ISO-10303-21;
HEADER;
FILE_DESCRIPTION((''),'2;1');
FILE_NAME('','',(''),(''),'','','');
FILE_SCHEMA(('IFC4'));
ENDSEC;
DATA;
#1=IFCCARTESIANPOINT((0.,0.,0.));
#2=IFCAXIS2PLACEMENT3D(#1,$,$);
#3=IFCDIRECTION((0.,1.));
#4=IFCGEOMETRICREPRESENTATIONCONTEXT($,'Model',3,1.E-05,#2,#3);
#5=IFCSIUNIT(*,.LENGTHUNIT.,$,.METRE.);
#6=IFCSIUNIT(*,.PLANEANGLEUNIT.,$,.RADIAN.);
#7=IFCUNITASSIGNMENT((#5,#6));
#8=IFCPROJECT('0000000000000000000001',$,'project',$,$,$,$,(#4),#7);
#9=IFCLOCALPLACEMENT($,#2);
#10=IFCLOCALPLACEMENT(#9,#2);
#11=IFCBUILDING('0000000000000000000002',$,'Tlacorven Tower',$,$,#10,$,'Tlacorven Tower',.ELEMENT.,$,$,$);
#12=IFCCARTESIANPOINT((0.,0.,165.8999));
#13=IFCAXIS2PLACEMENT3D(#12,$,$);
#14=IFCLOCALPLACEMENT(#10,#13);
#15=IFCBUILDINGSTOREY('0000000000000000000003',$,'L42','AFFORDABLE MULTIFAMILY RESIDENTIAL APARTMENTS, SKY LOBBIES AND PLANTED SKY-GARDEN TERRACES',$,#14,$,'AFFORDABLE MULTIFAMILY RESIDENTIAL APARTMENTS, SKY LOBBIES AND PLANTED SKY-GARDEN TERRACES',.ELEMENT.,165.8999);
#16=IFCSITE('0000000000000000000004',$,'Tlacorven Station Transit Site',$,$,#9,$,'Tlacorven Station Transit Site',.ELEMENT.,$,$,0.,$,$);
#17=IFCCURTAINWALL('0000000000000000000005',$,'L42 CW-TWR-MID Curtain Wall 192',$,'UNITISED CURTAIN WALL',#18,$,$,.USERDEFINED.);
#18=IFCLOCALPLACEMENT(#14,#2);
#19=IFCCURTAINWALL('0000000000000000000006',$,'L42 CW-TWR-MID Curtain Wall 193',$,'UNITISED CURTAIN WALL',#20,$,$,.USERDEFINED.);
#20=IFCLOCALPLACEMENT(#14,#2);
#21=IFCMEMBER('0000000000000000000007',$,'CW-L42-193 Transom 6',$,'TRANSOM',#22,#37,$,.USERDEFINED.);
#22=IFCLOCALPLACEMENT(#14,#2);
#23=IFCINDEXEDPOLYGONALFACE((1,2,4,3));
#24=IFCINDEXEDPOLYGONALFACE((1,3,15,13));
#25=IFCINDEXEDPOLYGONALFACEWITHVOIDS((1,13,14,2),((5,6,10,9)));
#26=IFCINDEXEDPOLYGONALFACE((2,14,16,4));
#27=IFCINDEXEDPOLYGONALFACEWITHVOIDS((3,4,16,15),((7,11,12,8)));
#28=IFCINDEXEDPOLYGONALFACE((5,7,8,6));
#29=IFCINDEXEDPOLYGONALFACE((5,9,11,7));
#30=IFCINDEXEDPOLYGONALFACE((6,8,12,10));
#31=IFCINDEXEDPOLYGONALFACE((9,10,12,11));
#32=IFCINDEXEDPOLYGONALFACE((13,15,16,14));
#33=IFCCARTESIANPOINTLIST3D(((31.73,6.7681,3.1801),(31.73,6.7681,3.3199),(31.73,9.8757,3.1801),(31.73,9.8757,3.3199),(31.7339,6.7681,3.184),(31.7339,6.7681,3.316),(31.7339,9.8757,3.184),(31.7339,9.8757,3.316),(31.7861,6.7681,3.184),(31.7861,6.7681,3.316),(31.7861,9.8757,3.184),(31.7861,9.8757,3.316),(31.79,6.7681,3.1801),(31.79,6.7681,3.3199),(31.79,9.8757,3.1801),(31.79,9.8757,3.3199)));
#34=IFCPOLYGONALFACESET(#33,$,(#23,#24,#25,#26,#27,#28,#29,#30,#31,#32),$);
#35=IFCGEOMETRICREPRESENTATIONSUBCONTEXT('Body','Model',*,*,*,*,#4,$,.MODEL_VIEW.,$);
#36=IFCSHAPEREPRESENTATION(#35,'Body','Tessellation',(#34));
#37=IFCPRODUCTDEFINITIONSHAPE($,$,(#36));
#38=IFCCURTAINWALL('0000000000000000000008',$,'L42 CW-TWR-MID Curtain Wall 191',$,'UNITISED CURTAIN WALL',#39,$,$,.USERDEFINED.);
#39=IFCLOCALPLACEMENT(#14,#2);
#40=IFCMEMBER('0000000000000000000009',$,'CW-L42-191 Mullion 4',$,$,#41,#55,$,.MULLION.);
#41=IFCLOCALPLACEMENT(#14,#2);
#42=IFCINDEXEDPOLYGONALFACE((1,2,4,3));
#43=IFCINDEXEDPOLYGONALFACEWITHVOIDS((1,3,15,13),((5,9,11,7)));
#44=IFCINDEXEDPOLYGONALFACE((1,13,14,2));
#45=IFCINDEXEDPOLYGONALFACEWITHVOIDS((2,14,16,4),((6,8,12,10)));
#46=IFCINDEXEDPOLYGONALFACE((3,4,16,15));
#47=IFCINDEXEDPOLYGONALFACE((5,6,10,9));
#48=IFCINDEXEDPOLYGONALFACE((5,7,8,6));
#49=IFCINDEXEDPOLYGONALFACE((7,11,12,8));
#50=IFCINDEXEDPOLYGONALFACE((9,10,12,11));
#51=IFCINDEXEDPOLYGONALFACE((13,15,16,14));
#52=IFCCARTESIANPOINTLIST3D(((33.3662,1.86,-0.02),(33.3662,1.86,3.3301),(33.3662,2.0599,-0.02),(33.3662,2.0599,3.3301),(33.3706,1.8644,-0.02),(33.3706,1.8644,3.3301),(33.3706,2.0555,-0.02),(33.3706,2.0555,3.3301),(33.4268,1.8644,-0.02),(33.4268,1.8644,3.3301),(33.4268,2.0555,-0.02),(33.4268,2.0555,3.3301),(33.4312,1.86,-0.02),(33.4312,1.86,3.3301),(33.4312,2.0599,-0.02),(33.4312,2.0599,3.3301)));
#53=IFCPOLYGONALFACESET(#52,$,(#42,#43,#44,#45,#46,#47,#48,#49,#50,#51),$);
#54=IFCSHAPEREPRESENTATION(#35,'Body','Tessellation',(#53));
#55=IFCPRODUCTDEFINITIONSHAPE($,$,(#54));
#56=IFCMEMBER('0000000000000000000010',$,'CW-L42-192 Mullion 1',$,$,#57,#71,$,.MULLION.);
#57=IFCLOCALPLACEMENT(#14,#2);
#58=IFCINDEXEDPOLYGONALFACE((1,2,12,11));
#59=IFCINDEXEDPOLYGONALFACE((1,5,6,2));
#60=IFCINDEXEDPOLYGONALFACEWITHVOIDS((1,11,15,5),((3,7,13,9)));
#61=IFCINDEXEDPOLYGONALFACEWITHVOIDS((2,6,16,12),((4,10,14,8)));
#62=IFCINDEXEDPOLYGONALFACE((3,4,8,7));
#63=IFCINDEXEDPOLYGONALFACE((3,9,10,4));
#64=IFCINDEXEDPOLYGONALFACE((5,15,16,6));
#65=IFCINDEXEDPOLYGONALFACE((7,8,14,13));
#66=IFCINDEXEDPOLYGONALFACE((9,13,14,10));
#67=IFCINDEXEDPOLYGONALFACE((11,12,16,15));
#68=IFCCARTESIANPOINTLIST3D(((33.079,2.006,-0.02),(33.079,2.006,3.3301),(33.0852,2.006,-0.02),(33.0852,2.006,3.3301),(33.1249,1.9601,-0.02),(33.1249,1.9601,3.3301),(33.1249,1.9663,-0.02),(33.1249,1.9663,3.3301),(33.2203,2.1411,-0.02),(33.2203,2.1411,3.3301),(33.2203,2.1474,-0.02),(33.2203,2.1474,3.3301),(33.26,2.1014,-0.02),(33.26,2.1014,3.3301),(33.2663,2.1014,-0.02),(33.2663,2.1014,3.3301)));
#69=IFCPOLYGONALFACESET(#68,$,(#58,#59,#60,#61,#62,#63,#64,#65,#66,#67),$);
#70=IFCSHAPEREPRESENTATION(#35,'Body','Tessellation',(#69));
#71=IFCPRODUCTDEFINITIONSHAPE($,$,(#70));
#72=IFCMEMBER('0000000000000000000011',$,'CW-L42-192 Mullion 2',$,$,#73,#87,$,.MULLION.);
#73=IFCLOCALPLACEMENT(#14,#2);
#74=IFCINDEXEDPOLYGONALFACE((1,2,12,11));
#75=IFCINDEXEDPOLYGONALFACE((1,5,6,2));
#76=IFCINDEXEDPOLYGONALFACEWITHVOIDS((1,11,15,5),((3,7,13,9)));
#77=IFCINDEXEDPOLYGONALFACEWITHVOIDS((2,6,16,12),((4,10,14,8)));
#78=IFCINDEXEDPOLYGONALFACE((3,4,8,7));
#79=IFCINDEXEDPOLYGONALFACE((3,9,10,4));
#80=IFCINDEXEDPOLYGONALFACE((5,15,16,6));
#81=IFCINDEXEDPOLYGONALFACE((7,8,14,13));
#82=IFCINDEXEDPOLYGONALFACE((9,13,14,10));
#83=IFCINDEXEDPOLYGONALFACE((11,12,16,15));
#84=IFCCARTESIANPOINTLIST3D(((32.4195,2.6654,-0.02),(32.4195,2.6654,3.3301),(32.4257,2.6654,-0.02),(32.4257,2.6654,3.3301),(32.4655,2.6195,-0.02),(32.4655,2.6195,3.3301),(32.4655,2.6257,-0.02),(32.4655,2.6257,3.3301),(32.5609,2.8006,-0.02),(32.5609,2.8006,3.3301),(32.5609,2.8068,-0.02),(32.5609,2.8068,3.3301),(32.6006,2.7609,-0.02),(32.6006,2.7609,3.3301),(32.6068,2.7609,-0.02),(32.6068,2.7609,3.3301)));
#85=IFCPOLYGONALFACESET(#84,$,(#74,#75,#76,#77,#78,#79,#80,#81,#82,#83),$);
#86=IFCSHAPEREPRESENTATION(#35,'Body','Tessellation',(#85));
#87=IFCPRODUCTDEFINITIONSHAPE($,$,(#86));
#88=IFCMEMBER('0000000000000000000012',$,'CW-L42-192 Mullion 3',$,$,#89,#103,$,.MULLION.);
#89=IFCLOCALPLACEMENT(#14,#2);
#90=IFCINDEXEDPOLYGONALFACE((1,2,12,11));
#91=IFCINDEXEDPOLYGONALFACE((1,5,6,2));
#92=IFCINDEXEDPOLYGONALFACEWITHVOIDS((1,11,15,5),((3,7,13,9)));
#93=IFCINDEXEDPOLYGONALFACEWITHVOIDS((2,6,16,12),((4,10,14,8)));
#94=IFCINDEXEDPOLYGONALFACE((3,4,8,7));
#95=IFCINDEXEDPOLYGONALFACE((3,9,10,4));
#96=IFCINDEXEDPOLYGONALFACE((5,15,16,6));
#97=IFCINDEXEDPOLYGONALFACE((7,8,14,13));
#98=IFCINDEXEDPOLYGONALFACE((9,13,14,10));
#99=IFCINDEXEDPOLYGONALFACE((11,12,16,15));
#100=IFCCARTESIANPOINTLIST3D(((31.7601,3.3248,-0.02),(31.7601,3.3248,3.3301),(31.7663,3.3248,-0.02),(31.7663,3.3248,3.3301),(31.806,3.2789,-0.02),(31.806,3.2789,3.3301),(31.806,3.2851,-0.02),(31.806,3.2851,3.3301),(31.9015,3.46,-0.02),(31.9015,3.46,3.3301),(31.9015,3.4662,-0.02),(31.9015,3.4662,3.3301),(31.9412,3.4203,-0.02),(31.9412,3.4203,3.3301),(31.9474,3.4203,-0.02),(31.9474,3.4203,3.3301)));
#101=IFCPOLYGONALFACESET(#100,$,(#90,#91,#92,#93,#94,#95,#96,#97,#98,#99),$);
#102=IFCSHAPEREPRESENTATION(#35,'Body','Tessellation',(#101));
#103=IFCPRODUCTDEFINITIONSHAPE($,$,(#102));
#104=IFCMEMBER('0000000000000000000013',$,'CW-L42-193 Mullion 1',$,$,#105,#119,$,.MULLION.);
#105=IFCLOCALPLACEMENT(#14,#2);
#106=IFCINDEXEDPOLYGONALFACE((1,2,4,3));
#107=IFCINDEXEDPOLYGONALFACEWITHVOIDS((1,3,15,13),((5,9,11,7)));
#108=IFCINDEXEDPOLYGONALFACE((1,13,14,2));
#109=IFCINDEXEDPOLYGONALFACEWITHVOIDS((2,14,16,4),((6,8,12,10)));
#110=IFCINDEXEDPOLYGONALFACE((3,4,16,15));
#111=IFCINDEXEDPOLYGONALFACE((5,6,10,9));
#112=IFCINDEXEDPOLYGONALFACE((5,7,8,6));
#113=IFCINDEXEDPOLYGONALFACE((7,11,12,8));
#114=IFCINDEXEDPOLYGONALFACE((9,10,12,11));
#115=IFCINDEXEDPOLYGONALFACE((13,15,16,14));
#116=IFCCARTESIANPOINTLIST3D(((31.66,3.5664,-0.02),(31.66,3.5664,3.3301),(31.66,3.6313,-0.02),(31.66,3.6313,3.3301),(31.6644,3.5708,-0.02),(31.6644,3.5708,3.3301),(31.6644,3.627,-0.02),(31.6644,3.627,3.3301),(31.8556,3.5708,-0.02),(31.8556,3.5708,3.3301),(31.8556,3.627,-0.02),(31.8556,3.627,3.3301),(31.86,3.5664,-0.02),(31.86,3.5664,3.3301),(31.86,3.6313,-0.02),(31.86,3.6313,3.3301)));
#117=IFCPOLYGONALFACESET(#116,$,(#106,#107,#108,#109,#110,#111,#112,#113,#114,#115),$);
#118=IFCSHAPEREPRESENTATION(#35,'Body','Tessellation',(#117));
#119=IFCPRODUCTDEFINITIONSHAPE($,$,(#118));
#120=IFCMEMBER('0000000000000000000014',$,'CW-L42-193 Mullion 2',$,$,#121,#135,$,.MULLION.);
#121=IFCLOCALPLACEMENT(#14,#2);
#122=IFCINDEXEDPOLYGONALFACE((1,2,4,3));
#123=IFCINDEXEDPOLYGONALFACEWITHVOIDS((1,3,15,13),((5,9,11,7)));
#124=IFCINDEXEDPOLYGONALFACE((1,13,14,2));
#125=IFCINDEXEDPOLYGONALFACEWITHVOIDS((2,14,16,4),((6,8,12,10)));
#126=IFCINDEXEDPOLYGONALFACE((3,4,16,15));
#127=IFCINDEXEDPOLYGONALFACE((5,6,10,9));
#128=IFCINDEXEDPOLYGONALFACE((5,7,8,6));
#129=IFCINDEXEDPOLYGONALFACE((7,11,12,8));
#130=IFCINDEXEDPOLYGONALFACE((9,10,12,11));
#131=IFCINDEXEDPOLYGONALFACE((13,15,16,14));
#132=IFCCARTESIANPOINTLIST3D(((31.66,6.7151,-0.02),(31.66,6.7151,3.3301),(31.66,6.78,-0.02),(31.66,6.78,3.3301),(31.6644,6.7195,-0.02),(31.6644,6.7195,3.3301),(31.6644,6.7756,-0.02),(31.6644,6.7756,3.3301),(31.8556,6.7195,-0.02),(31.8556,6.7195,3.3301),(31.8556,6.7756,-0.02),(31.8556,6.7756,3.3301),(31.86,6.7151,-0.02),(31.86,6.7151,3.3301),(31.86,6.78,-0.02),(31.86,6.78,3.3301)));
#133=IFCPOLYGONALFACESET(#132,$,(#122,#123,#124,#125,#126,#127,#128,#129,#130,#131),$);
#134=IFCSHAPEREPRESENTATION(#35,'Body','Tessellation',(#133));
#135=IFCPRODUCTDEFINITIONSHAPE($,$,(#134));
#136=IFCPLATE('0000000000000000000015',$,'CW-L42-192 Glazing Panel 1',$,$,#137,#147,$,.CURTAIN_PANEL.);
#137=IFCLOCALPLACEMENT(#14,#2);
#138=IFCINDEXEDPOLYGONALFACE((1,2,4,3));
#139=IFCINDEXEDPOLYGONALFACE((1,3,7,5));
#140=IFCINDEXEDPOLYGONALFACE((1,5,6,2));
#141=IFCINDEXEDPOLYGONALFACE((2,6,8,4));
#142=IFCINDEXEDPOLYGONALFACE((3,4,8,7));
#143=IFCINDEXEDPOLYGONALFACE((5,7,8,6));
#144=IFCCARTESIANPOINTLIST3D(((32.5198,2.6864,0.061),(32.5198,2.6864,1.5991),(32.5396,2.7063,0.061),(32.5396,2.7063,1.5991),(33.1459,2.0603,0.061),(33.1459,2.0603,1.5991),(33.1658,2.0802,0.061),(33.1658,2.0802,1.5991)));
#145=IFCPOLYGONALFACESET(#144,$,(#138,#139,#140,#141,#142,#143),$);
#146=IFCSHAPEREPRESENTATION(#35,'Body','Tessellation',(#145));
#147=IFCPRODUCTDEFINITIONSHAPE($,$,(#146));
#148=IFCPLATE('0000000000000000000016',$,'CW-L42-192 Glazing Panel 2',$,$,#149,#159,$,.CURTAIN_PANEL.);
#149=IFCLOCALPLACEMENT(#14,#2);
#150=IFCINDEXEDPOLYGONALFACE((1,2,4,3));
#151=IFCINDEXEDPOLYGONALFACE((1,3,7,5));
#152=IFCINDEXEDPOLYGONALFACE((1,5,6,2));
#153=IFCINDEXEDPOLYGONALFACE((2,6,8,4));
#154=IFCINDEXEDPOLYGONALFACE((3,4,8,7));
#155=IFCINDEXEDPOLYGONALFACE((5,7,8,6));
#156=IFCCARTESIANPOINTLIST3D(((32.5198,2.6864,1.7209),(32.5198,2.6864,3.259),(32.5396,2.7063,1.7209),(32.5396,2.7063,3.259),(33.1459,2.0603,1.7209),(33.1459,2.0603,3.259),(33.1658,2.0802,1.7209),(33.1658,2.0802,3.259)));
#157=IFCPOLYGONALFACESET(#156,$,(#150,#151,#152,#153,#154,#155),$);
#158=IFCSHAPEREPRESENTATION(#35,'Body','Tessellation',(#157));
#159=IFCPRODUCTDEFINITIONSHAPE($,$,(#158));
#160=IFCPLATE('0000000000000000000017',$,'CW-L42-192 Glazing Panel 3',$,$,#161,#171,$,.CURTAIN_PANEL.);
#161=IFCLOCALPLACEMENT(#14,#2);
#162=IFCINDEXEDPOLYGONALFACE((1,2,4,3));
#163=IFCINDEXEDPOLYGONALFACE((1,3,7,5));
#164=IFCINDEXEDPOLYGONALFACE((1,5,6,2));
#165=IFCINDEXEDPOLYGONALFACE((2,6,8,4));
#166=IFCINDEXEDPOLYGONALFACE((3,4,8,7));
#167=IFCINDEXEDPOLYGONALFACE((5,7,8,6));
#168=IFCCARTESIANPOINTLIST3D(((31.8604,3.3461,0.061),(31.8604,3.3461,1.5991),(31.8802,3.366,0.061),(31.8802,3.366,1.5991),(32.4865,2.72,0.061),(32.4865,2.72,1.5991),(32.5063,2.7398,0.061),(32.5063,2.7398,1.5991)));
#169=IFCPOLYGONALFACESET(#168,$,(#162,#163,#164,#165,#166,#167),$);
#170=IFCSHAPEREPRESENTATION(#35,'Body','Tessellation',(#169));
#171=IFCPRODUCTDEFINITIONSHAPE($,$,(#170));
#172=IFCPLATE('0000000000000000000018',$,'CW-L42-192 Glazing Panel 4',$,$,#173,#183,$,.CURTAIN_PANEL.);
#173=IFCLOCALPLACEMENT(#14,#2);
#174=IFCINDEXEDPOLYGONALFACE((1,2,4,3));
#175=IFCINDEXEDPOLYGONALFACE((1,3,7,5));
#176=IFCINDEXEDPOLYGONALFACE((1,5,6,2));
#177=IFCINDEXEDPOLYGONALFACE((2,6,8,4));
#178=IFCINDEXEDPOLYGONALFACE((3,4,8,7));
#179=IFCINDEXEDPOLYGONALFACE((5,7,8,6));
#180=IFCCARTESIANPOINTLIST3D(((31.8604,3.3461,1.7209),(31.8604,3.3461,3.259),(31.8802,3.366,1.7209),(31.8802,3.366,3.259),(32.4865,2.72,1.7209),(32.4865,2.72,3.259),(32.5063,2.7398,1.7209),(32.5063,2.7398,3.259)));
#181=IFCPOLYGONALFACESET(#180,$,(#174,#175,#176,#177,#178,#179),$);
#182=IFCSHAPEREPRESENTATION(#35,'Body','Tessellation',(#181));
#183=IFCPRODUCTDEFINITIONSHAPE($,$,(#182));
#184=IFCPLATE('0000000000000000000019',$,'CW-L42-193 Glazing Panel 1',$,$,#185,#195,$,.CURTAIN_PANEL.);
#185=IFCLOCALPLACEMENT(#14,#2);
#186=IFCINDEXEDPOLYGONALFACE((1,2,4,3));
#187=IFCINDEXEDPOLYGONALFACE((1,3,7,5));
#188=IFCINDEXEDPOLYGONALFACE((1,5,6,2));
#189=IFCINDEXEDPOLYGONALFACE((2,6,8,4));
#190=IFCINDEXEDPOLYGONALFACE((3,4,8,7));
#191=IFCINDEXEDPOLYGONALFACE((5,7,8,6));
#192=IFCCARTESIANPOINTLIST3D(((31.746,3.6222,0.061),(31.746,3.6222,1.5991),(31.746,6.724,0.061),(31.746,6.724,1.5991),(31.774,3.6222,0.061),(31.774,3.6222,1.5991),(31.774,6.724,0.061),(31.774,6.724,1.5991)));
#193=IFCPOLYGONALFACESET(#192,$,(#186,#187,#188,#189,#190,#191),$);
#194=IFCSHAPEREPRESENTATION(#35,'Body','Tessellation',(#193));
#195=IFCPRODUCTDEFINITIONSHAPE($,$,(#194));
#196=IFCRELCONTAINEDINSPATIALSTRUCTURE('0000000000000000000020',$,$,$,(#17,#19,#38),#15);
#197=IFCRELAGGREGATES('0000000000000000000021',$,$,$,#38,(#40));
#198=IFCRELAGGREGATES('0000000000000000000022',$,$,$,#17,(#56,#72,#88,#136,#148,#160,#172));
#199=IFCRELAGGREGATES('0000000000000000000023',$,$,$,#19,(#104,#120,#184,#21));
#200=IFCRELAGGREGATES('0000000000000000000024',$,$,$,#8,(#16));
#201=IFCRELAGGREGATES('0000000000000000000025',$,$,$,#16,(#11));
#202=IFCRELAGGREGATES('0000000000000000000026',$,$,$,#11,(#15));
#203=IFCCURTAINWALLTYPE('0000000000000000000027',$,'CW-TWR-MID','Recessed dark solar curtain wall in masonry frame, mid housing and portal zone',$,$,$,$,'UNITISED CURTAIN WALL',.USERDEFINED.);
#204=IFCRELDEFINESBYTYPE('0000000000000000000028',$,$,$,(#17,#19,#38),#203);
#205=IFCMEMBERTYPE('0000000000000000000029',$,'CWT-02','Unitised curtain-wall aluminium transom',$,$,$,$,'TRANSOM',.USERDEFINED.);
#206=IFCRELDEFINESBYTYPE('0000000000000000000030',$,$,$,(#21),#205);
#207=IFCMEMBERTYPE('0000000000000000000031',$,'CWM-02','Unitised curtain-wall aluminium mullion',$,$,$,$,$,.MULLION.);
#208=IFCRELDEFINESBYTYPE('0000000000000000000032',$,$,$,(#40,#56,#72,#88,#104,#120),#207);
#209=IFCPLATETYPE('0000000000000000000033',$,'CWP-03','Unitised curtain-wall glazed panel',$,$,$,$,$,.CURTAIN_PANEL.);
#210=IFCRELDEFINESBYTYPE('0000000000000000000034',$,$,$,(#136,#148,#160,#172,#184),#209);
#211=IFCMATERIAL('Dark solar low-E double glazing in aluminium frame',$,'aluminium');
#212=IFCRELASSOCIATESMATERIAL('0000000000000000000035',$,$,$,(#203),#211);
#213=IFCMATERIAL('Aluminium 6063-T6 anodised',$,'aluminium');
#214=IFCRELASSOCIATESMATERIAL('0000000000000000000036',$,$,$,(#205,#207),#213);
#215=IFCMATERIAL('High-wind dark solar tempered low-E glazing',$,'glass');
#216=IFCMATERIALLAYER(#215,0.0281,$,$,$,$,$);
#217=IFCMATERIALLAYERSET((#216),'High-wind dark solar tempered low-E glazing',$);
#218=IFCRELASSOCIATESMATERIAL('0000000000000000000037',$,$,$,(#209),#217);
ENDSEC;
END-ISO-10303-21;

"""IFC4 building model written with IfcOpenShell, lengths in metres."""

from ifc_helpers import new_model, si_unit, direction, frame, origin, origin_2d, place, context, subcontext, project, spatial, rectangle, hollow_rectangle, extrude, source, transform, mapped, material, layer, layer_set, material_profile, profile_set, type_object, element, aggregate, save


model = new_model("IFC4")

# Units and contexts
model_context = context("Model", 3, precision=1e-05, world=origin(), true_north=direction((0.0, 1.0)))
body_context = subcontext(model_context, "Body", "Model", "MODEL_VIEW")
ifc_project = project(units=[si_unit("LENGTHUNIT", "METRE"), si_unit("PLANEANGLEUNIT", "RADIAN")], contexts=[model_context])

# Site, building, storey
site_placement = place(None, origin())
site = spatial("IfcSite", under=ifc_project, at=site_placement, Name="Tlacorven Station Transit Site", LongName="Tlacorven Station Transit Site", CompositionType="ELEMENT", RefElevation=0.0)
building_placement = place(site_placement, origin())
building = spatial("IfcBuilding", under=site, at=building_placement, Name="Tlacorven Tower", LongName="Tlacorven Tower", CompositionType="ELEMENT")
storey_placement = place(building_placement, frame((0.0, 0.0, 165.8999)))
storey = spatial("IfcBuildingStorey", under=building, at=storey_placement, Name="L42", Description="AFFORDABLE MULTIFAMILY RESIDENTIAL APARTMENTS, SKY LOBBIES AND PLANTED SKY-GARDEN TERRACES", LongName="AFFORDABLE MULTIFAMILY RESIDENTIAL APARTMENTS, SKY LOBBIES AND PLANTED SKY-GARDEN TERRACES", CompositionType="ELEMENT", Elevation=165.8999)

# Curtain walls, member
ifc_material_1 = material(Name="Dark solar low-E double glazing in aluminium frame", Category="aluminium")
curtain_wall_type = type_object("IfcCurtainWallType", Name="CW-TWR-MID", Description="Recessed dark solar curtain wall in masonry frame, mid housing and portal zone", ElementType="UNITISED CURTAIN WALL", PredefinedType="USERDEFINED", material=ifc_material_1)
curtain_wall_1_placement = place(storey_placement, origin())
curtain_wall_1 = element("IfcCurtainWall", 1, at=curtain_wall_1_placement, inside=storey, type_object=curtain_wall_type, Name="L42 CW-TWR-MID Curtain Wall 192", ObjectType="UNITISED CURTAIN WALL", PredefinedType="USERDEFINED")
ifc_material_2 = material(Name="Aluminium 6063-T6 anodised", Category="aluminium")
ifc_material_profile_1 = material_profile(ifc_material_2, hollow_rectangle(XDim=0.0601, YDim=0.1399, WallThickness=0.0039, at=origin_2d()), Name="ALU TRANSOM 60X140")
ifc_profile_set_1 = profile_set([ifc_material_profile_1], Name="Aluminium 6063-T6 anodised")
member_type_1 = type_object("IfcMemberType", Name="CWT-02", Description="Unitised curtain-wall aluminium transom", ElementType="TRANSOM", PredefinedType="USERDEFINED", material=ifc_profile_set_1)
curtain_wall_2_placement = place(storey_placement, origin())
curtain_wall_2 = element("IfcCurtainWall", 2, at=curtain_wall_2_placement, inside=storey, type_object=curtain_wall_type, Name="L42 CW-TWR-MID Curtain Wall 193", ObjectType="UNITISED CURTAIN WALL", PredefinedType="USERDEFINED")
shared_shape_1 = source(origin(), body_context, "Body", "SweptSolid", [
    extrude(hollow_rectangle(XDim=0.0601, YDim=0.1399, WallThickness=0.0039, at=origin_2d()), origin(), (0.0, 0.0, 1.0), 3.1077),
])
member_1_placement = place(storey_placement, frame((31.76, 6.7681, 3.25), z_axis=(0.0, 1.0, 0.0), x_axis=(-1.0, 0.0, 0.0)))
member_1 = element("IfcMember", 3, at=member_1_placement, type_object=member_type_1, Name="CW-L42-193 Transom 6", ObjectType="TRANSOM", PredefinedType="USERDEFINED", context=body_context, shape_type="MappedRepresentation", body=[
    mapped(shared_shape_1, transform((0.0, 0.0, 0.0), scale=1.0)),
])

# Curtain wall, member
curtain_wall_3_placement = place(storey_placement, origin())
curtain_wall_3 = element("IfcCurtainWall", 4, at=curtain_wall_3_placement, inside=storey, type_object=curtain_wall_type, Name="L42 CW-TWR-MID Curtain Wall 191", ObjectType="UNITISED CURTAIN WALL", PredefinedType="USERDEFINED")
ifc_material_profile_2 = material_profile(ifc_material_2, hollow_rectangle(XDim=0.0649, YDim=0.2, WallThickness=0.0044, at=origin_2d()), Name="ALU MULLION 65X200")
ifc_profile_set_2 = profile_set([ifc_material_profile_2], Name="Aluminium 6063-T6 anodised")
member_type_2 = type_object("IfcMemberType", Name="CWM-02", Description="Unitised curtain-wall aluminium mullion", PredefinedType="MULLION", material=ifc_profile_set_2)
shared_shape_2 = source(origin(), body_context, "Body", "SweptSolid", [
    extrude(hollow_rectangle(XDim=0.0649, YDim=0.2, WallThickness=0.0044, at=origin_2d()), origin(), (0.0, 0.0, 1.0), 3.3501),
])
member_2_placement = place(storey_placement, frame((33.3987, 1.96, -0.02), z_axis=(0.0, 0.0, 1.0), x_axis=(-1.0, 0.0, 0.0)))
member_2 = element("IfcMember", 5, at=member_2_placement, type_object=member_type_2, Name="CW-L42-191 Mullion 4", PredefinedType="MULLION", context=body_context, shape_type="MappedRepresentation", body=[
    mapped(shared_shape_2, transform((0.0, 0.0, 0.0), scale=1.0)),
])
aggregate(curtain_wall_3, [member_2])

# Members
member_3_placement = place(storey_placement, frame((33.1726, 2.0537, -0.02), z_axis=(0.0, 0.0, 1.0), x_axis=(-0.707107, 0.707107, 0.0)))
member_3 = element("IfcMember", 6, at=member_3_placement, type_object=member_type_2, Name="CW-L42-192 Mullion 1", PredefinedType="MULLION", context=body_context, shape_type="MappedRepresentation", body=[
    mapped(shared_shape_2, transform((0.0, 0.0, 0.0), scale=1.0)),
])
member_4_placement = place(storey_placement, frame((32.5132, 2.7131, -0.02), z_axis=(0.0, 0.0, 1.0), x_axis=(-0.707107, 0.707107, 0.0)))
member_4 = element("IfcMember", 7, at=member_4_placement, type_object=member_type_2, Name="CW-L42-192 Mullion 2", PredefinedType="MULLION", context=body_context, shape_type="MappedRepresentation", body=[
    mapped(shared_shape_2, transform((0.0, 0.0, 0.0), scale=1.0)),
])
member_5_placement = place(storey_placement, frame((31.8538, 3.3726, -0.02), z_axis=(0.0, 0.0, 1.0), x_axis=(-0.707107, 0.707107, 0.0)))
member_5 = element("IfcMember", 8, at=member_5_placement, type_object=member_type_2, Name="CW-L42-192 Mullion 3", PredefinedType="MULLION", context=body_context, shape_type="MappedRepresentation", body=[
    mapped(shared_shape_2, transform((0.0, 0.0, 0.0), scale=1.0)),
])
member_6_placement = place(storey_placement, frame((31.76, 3.5989, -0.02), z_axis=(0.0, 0.0, 1.0), x_axis=(0.0, 1.0, 0.0)))
member_6 = element("IfcMember", 9, at=member_6_placement, type_object=member_type_2, Name="CW-L42-193 Mullion 1", PredefinedType="MULLION", context=body_context, shape_type="MappedRepresentation", body=[
    mapped(shared_shape_2, transform((0.0, 0.0, 0.0), scale=1.0)),
])
member_7_placement = place(storey_placement, frame((31.76, 6.7476, -0.02), z_axis=(0.0, 0.0, 1.0), x_axis=(0.0, 1.0, 0.0)))
member_7 = element("IfcMember", 10, at=member_7_placement, type_object=member_type_2, Name="CW-L42-193 Mullion 2", PredefinedType="MULLION", context=body_context, shape_type="MappedRepresentation", body=[
    mapped(shared_shape_2, transform((0.0, 0.0, 0.0), scale=1.0)),
])

# Plates
ifc_material_3 = material(Name="High-wind dark solar tempered low-E glazing", Category="glass")
ifc_layer = layer(ifc_material_3, 0.0281)
ifc_layer_set = layer_set([ifc_layer], Name="High-wind dark solar tempered low-E glazing")
plate_type = type_object("IfcPlateType", Name="CWP-03", Description="Unitised curtain-wall glazed panel", PredefinedType="CURTAIN_PANEL", material=ifc_layer_set)
shared_shape_3 = source(origin(), body_context, "Body", "SweptSolid", [
    extrude(rectangle(XDim=0.8855, YDim=0.0281, at=origin_2d()), origin(), (0.0, 0.0, 1.0), 1.5381),
])
plate_1_placement = place(storey_placement, frame((32.8428, 2.3833, 0.061), z_axis=(0.0, 0.0, 1.0), x_axis=(-0.707107, 0.707107, 0.0)))
plate_1 = element("IfcPlate", 11, at=plate_1_placement, type_object=plate_type, Name="CW-L42-192 Glazing Panel 1", PredefinedType="CURTAIN_PANEL", context=body_context, shape_type="MappedRepresentation", body=[
    mapped(shared_shape_3, transform((0.0, 0.0, 0.0), scale=1.0)),
])
plate_2_placement = place(storey_placement, frame((32.8428, 2.3833, 1.7209), z_axis=(0.0, 0.0, 1.0), x_axis=(-0.707107, 0.707107, 0.0)))
plate_2 = element("IfcPlate", 12, at=plate_2_placement, type_object=plate_type, Name="CW-L42-192 Glazing Panel 2", PredefinedType="CURTAIN_PANEL", context=body_context, shape_type="MappedRepresentation", body=[
    mapped(shared_shape_3, transform((0.0, 0.0, 0.0), scale=1.0)),
])
plate_3_placement = place(storey_placement, frame((32.1833, 3.043, 0.061), z_axis=(0.0, 0.0, 1.0), x_axis=(-0.707107, 0.707107, 0.0)))
plate_3 = element("IfcPlate", 13, at=plate_3_placement, type_object=plate_type, Name="CW-L42-192 Glazing Panel 3", PredefinedType="CURTAIN_PANEL", context=body_context, shape_type="MappedRepresentation", body=[
    mapped(shared_shape_3, transform((0.0, 0.0, 0.0), scale=1.0)),
])
plate_4_placement = place(storey_placement, frame((32.1833, 3.043, 1.7209), z_axis=(0.0, 0.0, 1.0), x_axis=(-0.707107, 0.707107, 0.0)))
plate_4 = element("IfcPlate", 14, at=plate_4_placement, type_object=plate_type, Name="CW-L42-192 Glazing Panel 4", PredefinedType="CURTAIN_PANEL", context=body_context, shape_type="MappedRepresentation", body=[
    mapped(shared_shape_3, transform((0.0, 0.0, 0.0), scale=1.0)),
])
aggregate(curtain_wall_1, [member_3, member_4, member_5, plate_1, plate_2, plate_3, plate_4])
shared_shape_4 = source(origin(), body_context, "Body", "SweptSolid", [
    extrude(rectangle(XDim=3.1018, YDim=0.0281, at=origin_2d()), origin(), (0.0, 0.0, 1.0), 1.5381),
])
plate_5_placement = place(storey_placement, frame((31.76, 5.1731, 0.061), z_axis=(0.0, 0.0, 1.0), x_axis=(0.0, 1.0, 0.0)))
plate_5 = element("IfcPlate", 15, at=plate_5_placement, type_object=plate_type, Name="CW-L42-193 Glazing Panel 1", PredefinedType="CURTAIN_PANEL", context=body_context, shape_type="MappedRepresentation", body=[
    mapped(shared_shape_4, transform((0.0, 0.0, 0.0), scale=1.0)),
])
aggregate(curtain_wall_2, [member_6, member_7, plate_5, member_1])

save(model, "model.ifc")
